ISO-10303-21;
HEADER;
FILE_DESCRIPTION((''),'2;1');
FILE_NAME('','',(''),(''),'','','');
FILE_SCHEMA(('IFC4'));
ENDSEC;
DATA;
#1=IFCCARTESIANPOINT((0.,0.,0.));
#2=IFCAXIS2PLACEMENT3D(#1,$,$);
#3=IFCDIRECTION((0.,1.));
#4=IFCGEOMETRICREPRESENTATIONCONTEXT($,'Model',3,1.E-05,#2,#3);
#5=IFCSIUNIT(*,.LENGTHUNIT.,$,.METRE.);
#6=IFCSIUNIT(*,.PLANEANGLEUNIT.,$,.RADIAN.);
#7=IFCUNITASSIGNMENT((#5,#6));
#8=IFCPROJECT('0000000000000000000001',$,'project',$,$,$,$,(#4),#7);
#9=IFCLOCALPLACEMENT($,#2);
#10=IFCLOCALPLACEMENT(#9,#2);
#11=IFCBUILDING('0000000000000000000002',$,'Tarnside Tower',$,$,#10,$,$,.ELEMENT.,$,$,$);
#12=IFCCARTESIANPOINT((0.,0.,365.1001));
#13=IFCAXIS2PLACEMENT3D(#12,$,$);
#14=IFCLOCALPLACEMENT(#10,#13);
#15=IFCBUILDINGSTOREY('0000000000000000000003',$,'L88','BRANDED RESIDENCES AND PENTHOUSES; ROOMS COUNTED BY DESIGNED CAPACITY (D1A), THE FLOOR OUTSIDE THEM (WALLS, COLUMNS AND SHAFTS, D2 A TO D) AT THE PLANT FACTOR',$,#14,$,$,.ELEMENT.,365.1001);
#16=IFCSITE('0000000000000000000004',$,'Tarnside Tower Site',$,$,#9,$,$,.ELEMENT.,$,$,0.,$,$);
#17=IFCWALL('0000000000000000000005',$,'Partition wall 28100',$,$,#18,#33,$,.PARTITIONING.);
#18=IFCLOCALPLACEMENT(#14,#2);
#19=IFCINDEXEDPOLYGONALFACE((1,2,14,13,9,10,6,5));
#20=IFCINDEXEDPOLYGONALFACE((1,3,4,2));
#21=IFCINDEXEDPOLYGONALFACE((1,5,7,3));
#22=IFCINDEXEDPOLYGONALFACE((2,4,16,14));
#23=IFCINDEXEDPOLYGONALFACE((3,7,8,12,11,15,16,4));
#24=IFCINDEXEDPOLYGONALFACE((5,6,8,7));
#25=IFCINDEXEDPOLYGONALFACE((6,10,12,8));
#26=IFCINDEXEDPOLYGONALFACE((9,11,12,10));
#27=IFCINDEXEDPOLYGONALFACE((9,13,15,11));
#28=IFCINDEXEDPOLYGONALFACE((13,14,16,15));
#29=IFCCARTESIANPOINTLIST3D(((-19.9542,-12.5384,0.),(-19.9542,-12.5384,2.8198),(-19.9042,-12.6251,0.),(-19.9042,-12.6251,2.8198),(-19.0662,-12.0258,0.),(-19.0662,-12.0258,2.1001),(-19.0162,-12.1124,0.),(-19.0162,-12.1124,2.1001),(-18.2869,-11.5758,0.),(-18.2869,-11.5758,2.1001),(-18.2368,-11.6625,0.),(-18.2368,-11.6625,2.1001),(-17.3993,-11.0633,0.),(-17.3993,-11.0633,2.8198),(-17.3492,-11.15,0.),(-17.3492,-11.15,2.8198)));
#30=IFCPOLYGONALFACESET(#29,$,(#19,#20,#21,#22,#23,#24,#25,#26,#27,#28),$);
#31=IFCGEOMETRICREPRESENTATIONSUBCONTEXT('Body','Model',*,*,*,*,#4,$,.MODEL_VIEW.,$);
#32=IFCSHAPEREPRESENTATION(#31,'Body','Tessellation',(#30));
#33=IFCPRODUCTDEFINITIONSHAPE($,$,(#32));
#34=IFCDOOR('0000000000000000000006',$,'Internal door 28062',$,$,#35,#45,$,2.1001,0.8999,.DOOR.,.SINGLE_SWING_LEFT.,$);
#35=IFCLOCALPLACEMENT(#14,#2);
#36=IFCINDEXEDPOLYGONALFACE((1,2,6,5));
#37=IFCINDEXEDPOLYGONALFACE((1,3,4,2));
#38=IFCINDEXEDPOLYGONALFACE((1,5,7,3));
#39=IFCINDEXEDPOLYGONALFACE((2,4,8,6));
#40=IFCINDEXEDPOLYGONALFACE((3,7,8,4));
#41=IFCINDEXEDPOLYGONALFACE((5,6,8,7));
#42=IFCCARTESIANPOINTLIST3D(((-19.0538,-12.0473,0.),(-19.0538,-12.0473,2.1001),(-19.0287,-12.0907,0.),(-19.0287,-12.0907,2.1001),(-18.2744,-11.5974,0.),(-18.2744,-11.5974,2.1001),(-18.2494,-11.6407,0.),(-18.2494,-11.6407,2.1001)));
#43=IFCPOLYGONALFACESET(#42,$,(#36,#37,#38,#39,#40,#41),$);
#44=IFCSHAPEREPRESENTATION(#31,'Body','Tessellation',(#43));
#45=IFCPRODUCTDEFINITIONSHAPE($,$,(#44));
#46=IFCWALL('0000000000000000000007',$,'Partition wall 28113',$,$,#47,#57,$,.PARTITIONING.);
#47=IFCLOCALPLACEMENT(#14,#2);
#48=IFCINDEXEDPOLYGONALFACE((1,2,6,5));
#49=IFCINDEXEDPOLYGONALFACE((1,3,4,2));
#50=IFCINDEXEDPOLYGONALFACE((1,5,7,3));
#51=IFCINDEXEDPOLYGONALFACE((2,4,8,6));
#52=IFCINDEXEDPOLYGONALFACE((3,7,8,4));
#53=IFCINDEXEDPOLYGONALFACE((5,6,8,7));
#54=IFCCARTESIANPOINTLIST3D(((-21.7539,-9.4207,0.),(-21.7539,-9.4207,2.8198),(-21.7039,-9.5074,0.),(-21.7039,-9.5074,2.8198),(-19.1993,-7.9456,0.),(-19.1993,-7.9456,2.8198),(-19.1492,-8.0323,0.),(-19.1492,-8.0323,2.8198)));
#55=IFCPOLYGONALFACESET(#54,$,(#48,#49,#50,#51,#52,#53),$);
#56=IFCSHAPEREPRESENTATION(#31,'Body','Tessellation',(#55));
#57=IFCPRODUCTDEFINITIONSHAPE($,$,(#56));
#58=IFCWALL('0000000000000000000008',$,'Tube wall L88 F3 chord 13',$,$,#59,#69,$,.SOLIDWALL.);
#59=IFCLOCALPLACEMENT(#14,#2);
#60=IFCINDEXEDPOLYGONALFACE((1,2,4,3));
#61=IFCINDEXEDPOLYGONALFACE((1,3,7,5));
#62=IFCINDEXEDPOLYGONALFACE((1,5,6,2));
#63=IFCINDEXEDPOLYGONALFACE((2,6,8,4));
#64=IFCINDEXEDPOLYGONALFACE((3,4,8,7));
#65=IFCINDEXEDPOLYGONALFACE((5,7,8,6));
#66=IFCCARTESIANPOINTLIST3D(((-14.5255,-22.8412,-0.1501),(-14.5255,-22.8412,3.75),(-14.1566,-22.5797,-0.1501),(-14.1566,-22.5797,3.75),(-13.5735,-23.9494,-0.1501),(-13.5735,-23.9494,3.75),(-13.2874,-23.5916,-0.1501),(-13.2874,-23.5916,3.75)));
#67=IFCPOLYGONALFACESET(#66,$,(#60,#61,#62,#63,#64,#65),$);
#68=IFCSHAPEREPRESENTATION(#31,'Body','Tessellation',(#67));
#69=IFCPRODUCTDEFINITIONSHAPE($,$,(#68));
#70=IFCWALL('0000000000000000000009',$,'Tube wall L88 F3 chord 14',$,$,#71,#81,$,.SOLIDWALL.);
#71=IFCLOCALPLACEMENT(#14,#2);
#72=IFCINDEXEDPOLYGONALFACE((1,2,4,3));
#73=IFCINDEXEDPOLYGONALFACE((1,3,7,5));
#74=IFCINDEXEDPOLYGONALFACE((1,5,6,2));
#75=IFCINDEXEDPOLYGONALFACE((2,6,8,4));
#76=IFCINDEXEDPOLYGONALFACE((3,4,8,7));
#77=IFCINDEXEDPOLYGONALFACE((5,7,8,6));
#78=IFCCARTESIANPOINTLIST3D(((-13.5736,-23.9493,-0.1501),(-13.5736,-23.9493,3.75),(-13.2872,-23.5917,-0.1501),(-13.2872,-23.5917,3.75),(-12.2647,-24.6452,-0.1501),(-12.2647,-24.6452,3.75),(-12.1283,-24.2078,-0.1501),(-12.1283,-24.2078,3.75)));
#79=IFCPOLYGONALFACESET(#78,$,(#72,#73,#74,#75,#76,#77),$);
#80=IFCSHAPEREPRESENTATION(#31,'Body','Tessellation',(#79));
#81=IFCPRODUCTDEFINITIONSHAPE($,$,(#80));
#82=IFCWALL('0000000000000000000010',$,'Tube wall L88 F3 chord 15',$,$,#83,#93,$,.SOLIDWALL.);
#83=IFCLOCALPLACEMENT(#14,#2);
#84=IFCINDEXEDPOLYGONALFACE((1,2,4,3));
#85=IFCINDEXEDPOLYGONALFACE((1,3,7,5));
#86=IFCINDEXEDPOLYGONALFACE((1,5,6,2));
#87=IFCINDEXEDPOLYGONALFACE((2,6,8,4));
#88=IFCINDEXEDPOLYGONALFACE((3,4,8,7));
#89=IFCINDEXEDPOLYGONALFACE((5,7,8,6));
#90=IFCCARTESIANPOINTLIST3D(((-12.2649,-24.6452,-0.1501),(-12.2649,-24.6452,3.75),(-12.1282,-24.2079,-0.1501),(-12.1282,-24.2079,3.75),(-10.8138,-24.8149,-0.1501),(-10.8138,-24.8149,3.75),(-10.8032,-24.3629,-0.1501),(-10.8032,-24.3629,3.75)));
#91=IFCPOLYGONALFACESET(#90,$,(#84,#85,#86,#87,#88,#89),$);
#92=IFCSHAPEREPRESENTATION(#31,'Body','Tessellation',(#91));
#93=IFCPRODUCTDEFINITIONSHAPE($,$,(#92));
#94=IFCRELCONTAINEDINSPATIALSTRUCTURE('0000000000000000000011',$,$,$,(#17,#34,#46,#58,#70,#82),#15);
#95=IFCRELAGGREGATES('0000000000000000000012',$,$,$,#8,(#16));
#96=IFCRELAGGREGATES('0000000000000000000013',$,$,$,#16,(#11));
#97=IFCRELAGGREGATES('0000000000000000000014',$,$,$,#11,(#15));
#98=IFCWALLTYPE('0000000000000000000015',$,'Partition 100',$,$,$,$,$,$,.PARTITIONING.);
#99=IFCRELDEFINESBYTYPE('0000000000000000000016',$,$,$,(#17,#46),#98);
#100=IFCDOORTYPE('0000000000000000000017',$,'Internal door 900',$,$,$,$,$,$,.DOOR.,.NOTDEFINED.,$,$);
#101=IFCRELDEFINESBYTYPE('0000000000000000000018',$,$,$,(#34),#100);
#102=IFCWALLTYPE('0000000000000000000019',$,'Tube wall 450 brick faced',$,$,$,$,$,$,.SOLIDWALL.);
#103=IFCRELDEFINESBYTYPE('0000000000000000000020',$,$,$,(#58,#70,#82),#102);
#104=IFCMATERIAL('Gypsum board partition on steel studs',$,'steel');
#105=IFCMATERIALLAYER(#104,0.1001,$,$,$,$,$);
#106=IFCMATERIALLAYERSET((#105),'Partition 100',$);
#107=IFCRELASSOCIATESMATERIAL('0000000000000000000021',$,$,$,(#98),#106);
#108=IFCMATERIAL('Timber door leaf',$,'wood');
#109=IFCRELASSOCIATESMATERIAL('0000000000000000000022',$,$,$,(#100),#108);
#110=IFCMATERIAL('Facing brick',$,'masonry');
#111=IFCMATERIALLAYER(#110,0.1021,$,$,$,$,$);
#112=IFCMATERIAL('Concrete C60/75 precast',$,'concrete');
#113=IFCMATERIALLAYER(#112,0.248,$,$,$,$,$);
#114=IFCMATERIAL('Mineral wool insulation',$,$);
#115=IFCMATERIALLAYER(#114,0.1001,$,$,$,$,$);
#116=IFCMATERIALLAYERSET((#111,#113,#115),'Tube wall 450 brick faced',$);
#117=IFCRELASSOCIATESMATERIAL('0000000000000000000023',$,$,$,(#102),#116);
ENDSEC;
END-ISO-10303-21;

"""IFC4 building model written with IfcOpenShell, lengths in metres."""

from ifc_helpers import new_model, si_unit, direction, frame, frame_2d, origin, place, context, subcontext, project, spatial, polyline, rectangle, outline, extrude, material, layer, layer_set, type_object, element, fill, save


model = new_model("IFC4")

# Units and contexts
model_context = context("Model", 3, precision=1e-05, world=origin(), true_north=direction((0.0, 1.0)))
body_context = subcontext(model_context, "Body", "Model", "MODEL_VIEW")
ifc_project = project(units=[si_unit("LENGTHUNIT", "METRE"), si_unit("PLANEANGLEUNIT", "RADIAN")], contexts=[model_context])

# Site, building, storey
site_placement = place(None, origin())
site = spatial("IfcSite", under=ifc_project, at=site_placement, Name="Tarnside Tower Site", CompositionType="ELEMENT", RefElevation=0.0)
building_placement = place(site_placement, origin())
building = spatial("IfcBuilding", under=site, at=building_placement, Name="Tarnside Tower", CompositionType="ELEMENT")
storey_placement = place(building_placement, frame((0.0, 0.0, 365.1001)))
storey = spatial("IfcBuildingStorey", under=building, at=storey_placement, Name="L88", Description="BRANDED RESIDENCES AND PENTHOUSES; ROOMS COUNTED BY DESIGNED CAPACITY (D1A), THE FLOOR OUTSIDE THEM (WALLS, COLUMNS AND SHAFTS, D2 A TO D) AT THE PLANT FACTOR", CompositionType="ELEMENT", Elevation=365.1001)

# Shared definitions
ifc_material_1 = material(Name="Gypsum board partition on steel studs", Category="steel")

# Shared definitions
ifc_material_2 = material(Name="Timber door leaf", Category="wood")

# Wall, opening, door
ifc_layer_1 = layer(ifc_material_1, 0.1001)
ifc_layer_set_1 = layer_set([ifc_layer_1], Name="Partition 100")
wall_type_1 = type_object("IfcWallType", Name="Partition 100", PredefinedType="PARTITIONING", material=ifc_layer_set_1)
wall_1_placement = place(storey_placement, frame((-17.3743, -11.1067, 0.0), z_axis=(0.0, 0.0, 1.0), x_axis=(-0.866024, -0.500002, 0.0)))
wall_1 = element("IfcWall", 1, at=wall_1_placement, inside=storey, type_object=wall_type_1, Name="Partition wall 28100", PredefinedType="PARTITIONING", context=body_context, shape_type="SweptSolid", body=[
    extrude(rectangle(XDim=2.9502, YDim=0.1001, at=frame_2d((1.4751, 0.0))), origin(), (0.0, 0.0, 1.0), 2.8198),
])
opening_1_placement = place(wall_1_placement, frame((1.0249, 0.0, 0.0)))
opening_1 = element("IfcOpeningElement", 2, at=opening_1_placement, cuts=wall_1, PredefinedType="OPENING", context=body_context, shape_type="SweptSolid", body=[
    extrude(rectangle(XDim=0.8999, YDim=2.1001, at=frame_2d((0.45, 1.05))), frame((0.0, 0.0601, 0.0), z_axis=(0.0, -1.0, 0.0), x_axis=(1.0, 0.0, 0.0)), (0.0, 0.0, 1.0), 0.1201),
])
door_type_1 = type_object("IfcDoorType", Name="Internal door 900", OperationType="NOTDEFINED", PredefinedType="DOOR", material=ifc_material_2)
door_1_placement = place(opening_1_placement, origin())
door_1 = element("IfcDoor", 3, at=door_1_placement, inside=storey, type_object=door_type_1, Name="Internal door 28062", OperationType="SINGLE_SWING_LEFT", OverallHeight=2.1001, OverallWidth=0.8999, PredefinedType="DOOR", context=body_context, shape_type="SweptSolid", body=[
    extrude(rectangle(XDim=0.8999, YDim=2.1001, at=frame_2d((0.45, 1.05))), frame((0.0, 0.0249, 0.0), z_axis=(0.0, -1.0, 0.0), x_axis=(1.0, 0.0, 0.0)), (0.0, 0.0, 1.0), 0.05),
])
fill(opening_1, door_1)

# Walls
wall_2_placement = place(storey_placement, frame((-21.729, -9.4641, 0.0), z_axis=(0.0, 0.0, 1.0), x_axis=(0.866004, 0.500038, 0.0)))
element("IfcWall", 4, at=wall_2_placement, inside=storey, type_object=wall_type_1, Name="Partition wall 28113", PredefinedType="PARTITIONING", context=body_context, shape_type="SweptSolid", body=[
    extrude(rectangle(XDim=2.95, YDim=0.1001, at=frame_2d((1.4751, 0.0))), origin(), (0.0, 0.0, 1.0), 2.8198),
])
ifc_material_3 = material(Name="Facing brick", Category="masonry")
ifc_layer_2 = layer(ifc_material_3, 0.1021)
ifc_material_4 = material(Name="Concrete C60/75 precast", Category="concrete")
ifc_layer_3 = layer(ifc_material_4, 0.248)
ifc_material_5 = material(Name="Mineral wool insulation")
ifc_layer_4 = layer(ifc_material_5, 0.1001)
ifc_layer_set_2 = layer_set([ifc_layer_2, ifc_layer_3, ifc_layer_4], Name="Tube wall 450 brick faced")
wall_type_2 = type_object("IfcWallType", Name="Tube wall 450 brick faced", PredefinedType="SOLIDWALL", material=ifc_layer_set_2)
wall_3_placement = place(storey_placement, frame((-14.3411, -22.7104, -0.1501), z_axis=(0.0, 0.0, 1.0), x_axis=(0.651625, -0.758541, 0.0)))
element("IfcWall", 5, at=wall_3_placement, inside=storey, type_object=wall_type_2, Name="Tube wall L88 F3 chord 13", PredefinedType="SOLIDWALL", context=body_context, shape_type="SweptSolid", body=[
    extrude(outline(polyline([(-0.021, -0.2251), (1.4399, -0.2251), (1.355, 0.2251), (0.021, 0.2251), (-0.021, -0.2251)])), origin(), (0.0, 0.0, 1.0), 3.9001),
])
wall_4_placement = place(storey_placement, frame((-13.4304, -23.7705, -0.1501), z_axis=(0.0, 0.0, 1.0), x_axis=(0.882966, -0.469436, 0.0)))
element("IfcWall", 6, at=wall_4_placement, inside=storey, type_object=wall_type_2, Name="Tube wall L88 F3 chord 14", PredefinedType="SOLIDWALL", context=body_context, shape_type="SweptSolid", body=[
    extrude(outline(polyline([(-0.0425, -0.2251), (1.4399, -0.2251), (1.355, 0.2251), (0.0425, 0.2251), (-0.0425, -0.2251)])), origin(), (0.0, 0.0, 1.0), 3.9001),
])
wall_5_placement = place(storey_placement, frame((-12.1965, -24.4265, -0.1501), z_axis=(0.0, 0.0, 1.0), x_axis=(0.993228, -0.116182, 0.0)))
element("IfcWall", 7, at=wall_5_placement, inside=storey, type_object=wall_type_2, Name="Tube wall L88 F3 chord 15", PredefinedType="SOLIDWALL", context=body_context, shape_type="SweptSolid", body=[
    extrude(outline(polyline([(-0.0425, -0.2251), (1.4185, -0.2251), (1.3765, 0.2251), (0.0425, 0.2251), (-0.0425, -0.2251)])), origin(), (0.0, 0.0, 1.0), 3.9001),
])

save(model, "model.ifc")
